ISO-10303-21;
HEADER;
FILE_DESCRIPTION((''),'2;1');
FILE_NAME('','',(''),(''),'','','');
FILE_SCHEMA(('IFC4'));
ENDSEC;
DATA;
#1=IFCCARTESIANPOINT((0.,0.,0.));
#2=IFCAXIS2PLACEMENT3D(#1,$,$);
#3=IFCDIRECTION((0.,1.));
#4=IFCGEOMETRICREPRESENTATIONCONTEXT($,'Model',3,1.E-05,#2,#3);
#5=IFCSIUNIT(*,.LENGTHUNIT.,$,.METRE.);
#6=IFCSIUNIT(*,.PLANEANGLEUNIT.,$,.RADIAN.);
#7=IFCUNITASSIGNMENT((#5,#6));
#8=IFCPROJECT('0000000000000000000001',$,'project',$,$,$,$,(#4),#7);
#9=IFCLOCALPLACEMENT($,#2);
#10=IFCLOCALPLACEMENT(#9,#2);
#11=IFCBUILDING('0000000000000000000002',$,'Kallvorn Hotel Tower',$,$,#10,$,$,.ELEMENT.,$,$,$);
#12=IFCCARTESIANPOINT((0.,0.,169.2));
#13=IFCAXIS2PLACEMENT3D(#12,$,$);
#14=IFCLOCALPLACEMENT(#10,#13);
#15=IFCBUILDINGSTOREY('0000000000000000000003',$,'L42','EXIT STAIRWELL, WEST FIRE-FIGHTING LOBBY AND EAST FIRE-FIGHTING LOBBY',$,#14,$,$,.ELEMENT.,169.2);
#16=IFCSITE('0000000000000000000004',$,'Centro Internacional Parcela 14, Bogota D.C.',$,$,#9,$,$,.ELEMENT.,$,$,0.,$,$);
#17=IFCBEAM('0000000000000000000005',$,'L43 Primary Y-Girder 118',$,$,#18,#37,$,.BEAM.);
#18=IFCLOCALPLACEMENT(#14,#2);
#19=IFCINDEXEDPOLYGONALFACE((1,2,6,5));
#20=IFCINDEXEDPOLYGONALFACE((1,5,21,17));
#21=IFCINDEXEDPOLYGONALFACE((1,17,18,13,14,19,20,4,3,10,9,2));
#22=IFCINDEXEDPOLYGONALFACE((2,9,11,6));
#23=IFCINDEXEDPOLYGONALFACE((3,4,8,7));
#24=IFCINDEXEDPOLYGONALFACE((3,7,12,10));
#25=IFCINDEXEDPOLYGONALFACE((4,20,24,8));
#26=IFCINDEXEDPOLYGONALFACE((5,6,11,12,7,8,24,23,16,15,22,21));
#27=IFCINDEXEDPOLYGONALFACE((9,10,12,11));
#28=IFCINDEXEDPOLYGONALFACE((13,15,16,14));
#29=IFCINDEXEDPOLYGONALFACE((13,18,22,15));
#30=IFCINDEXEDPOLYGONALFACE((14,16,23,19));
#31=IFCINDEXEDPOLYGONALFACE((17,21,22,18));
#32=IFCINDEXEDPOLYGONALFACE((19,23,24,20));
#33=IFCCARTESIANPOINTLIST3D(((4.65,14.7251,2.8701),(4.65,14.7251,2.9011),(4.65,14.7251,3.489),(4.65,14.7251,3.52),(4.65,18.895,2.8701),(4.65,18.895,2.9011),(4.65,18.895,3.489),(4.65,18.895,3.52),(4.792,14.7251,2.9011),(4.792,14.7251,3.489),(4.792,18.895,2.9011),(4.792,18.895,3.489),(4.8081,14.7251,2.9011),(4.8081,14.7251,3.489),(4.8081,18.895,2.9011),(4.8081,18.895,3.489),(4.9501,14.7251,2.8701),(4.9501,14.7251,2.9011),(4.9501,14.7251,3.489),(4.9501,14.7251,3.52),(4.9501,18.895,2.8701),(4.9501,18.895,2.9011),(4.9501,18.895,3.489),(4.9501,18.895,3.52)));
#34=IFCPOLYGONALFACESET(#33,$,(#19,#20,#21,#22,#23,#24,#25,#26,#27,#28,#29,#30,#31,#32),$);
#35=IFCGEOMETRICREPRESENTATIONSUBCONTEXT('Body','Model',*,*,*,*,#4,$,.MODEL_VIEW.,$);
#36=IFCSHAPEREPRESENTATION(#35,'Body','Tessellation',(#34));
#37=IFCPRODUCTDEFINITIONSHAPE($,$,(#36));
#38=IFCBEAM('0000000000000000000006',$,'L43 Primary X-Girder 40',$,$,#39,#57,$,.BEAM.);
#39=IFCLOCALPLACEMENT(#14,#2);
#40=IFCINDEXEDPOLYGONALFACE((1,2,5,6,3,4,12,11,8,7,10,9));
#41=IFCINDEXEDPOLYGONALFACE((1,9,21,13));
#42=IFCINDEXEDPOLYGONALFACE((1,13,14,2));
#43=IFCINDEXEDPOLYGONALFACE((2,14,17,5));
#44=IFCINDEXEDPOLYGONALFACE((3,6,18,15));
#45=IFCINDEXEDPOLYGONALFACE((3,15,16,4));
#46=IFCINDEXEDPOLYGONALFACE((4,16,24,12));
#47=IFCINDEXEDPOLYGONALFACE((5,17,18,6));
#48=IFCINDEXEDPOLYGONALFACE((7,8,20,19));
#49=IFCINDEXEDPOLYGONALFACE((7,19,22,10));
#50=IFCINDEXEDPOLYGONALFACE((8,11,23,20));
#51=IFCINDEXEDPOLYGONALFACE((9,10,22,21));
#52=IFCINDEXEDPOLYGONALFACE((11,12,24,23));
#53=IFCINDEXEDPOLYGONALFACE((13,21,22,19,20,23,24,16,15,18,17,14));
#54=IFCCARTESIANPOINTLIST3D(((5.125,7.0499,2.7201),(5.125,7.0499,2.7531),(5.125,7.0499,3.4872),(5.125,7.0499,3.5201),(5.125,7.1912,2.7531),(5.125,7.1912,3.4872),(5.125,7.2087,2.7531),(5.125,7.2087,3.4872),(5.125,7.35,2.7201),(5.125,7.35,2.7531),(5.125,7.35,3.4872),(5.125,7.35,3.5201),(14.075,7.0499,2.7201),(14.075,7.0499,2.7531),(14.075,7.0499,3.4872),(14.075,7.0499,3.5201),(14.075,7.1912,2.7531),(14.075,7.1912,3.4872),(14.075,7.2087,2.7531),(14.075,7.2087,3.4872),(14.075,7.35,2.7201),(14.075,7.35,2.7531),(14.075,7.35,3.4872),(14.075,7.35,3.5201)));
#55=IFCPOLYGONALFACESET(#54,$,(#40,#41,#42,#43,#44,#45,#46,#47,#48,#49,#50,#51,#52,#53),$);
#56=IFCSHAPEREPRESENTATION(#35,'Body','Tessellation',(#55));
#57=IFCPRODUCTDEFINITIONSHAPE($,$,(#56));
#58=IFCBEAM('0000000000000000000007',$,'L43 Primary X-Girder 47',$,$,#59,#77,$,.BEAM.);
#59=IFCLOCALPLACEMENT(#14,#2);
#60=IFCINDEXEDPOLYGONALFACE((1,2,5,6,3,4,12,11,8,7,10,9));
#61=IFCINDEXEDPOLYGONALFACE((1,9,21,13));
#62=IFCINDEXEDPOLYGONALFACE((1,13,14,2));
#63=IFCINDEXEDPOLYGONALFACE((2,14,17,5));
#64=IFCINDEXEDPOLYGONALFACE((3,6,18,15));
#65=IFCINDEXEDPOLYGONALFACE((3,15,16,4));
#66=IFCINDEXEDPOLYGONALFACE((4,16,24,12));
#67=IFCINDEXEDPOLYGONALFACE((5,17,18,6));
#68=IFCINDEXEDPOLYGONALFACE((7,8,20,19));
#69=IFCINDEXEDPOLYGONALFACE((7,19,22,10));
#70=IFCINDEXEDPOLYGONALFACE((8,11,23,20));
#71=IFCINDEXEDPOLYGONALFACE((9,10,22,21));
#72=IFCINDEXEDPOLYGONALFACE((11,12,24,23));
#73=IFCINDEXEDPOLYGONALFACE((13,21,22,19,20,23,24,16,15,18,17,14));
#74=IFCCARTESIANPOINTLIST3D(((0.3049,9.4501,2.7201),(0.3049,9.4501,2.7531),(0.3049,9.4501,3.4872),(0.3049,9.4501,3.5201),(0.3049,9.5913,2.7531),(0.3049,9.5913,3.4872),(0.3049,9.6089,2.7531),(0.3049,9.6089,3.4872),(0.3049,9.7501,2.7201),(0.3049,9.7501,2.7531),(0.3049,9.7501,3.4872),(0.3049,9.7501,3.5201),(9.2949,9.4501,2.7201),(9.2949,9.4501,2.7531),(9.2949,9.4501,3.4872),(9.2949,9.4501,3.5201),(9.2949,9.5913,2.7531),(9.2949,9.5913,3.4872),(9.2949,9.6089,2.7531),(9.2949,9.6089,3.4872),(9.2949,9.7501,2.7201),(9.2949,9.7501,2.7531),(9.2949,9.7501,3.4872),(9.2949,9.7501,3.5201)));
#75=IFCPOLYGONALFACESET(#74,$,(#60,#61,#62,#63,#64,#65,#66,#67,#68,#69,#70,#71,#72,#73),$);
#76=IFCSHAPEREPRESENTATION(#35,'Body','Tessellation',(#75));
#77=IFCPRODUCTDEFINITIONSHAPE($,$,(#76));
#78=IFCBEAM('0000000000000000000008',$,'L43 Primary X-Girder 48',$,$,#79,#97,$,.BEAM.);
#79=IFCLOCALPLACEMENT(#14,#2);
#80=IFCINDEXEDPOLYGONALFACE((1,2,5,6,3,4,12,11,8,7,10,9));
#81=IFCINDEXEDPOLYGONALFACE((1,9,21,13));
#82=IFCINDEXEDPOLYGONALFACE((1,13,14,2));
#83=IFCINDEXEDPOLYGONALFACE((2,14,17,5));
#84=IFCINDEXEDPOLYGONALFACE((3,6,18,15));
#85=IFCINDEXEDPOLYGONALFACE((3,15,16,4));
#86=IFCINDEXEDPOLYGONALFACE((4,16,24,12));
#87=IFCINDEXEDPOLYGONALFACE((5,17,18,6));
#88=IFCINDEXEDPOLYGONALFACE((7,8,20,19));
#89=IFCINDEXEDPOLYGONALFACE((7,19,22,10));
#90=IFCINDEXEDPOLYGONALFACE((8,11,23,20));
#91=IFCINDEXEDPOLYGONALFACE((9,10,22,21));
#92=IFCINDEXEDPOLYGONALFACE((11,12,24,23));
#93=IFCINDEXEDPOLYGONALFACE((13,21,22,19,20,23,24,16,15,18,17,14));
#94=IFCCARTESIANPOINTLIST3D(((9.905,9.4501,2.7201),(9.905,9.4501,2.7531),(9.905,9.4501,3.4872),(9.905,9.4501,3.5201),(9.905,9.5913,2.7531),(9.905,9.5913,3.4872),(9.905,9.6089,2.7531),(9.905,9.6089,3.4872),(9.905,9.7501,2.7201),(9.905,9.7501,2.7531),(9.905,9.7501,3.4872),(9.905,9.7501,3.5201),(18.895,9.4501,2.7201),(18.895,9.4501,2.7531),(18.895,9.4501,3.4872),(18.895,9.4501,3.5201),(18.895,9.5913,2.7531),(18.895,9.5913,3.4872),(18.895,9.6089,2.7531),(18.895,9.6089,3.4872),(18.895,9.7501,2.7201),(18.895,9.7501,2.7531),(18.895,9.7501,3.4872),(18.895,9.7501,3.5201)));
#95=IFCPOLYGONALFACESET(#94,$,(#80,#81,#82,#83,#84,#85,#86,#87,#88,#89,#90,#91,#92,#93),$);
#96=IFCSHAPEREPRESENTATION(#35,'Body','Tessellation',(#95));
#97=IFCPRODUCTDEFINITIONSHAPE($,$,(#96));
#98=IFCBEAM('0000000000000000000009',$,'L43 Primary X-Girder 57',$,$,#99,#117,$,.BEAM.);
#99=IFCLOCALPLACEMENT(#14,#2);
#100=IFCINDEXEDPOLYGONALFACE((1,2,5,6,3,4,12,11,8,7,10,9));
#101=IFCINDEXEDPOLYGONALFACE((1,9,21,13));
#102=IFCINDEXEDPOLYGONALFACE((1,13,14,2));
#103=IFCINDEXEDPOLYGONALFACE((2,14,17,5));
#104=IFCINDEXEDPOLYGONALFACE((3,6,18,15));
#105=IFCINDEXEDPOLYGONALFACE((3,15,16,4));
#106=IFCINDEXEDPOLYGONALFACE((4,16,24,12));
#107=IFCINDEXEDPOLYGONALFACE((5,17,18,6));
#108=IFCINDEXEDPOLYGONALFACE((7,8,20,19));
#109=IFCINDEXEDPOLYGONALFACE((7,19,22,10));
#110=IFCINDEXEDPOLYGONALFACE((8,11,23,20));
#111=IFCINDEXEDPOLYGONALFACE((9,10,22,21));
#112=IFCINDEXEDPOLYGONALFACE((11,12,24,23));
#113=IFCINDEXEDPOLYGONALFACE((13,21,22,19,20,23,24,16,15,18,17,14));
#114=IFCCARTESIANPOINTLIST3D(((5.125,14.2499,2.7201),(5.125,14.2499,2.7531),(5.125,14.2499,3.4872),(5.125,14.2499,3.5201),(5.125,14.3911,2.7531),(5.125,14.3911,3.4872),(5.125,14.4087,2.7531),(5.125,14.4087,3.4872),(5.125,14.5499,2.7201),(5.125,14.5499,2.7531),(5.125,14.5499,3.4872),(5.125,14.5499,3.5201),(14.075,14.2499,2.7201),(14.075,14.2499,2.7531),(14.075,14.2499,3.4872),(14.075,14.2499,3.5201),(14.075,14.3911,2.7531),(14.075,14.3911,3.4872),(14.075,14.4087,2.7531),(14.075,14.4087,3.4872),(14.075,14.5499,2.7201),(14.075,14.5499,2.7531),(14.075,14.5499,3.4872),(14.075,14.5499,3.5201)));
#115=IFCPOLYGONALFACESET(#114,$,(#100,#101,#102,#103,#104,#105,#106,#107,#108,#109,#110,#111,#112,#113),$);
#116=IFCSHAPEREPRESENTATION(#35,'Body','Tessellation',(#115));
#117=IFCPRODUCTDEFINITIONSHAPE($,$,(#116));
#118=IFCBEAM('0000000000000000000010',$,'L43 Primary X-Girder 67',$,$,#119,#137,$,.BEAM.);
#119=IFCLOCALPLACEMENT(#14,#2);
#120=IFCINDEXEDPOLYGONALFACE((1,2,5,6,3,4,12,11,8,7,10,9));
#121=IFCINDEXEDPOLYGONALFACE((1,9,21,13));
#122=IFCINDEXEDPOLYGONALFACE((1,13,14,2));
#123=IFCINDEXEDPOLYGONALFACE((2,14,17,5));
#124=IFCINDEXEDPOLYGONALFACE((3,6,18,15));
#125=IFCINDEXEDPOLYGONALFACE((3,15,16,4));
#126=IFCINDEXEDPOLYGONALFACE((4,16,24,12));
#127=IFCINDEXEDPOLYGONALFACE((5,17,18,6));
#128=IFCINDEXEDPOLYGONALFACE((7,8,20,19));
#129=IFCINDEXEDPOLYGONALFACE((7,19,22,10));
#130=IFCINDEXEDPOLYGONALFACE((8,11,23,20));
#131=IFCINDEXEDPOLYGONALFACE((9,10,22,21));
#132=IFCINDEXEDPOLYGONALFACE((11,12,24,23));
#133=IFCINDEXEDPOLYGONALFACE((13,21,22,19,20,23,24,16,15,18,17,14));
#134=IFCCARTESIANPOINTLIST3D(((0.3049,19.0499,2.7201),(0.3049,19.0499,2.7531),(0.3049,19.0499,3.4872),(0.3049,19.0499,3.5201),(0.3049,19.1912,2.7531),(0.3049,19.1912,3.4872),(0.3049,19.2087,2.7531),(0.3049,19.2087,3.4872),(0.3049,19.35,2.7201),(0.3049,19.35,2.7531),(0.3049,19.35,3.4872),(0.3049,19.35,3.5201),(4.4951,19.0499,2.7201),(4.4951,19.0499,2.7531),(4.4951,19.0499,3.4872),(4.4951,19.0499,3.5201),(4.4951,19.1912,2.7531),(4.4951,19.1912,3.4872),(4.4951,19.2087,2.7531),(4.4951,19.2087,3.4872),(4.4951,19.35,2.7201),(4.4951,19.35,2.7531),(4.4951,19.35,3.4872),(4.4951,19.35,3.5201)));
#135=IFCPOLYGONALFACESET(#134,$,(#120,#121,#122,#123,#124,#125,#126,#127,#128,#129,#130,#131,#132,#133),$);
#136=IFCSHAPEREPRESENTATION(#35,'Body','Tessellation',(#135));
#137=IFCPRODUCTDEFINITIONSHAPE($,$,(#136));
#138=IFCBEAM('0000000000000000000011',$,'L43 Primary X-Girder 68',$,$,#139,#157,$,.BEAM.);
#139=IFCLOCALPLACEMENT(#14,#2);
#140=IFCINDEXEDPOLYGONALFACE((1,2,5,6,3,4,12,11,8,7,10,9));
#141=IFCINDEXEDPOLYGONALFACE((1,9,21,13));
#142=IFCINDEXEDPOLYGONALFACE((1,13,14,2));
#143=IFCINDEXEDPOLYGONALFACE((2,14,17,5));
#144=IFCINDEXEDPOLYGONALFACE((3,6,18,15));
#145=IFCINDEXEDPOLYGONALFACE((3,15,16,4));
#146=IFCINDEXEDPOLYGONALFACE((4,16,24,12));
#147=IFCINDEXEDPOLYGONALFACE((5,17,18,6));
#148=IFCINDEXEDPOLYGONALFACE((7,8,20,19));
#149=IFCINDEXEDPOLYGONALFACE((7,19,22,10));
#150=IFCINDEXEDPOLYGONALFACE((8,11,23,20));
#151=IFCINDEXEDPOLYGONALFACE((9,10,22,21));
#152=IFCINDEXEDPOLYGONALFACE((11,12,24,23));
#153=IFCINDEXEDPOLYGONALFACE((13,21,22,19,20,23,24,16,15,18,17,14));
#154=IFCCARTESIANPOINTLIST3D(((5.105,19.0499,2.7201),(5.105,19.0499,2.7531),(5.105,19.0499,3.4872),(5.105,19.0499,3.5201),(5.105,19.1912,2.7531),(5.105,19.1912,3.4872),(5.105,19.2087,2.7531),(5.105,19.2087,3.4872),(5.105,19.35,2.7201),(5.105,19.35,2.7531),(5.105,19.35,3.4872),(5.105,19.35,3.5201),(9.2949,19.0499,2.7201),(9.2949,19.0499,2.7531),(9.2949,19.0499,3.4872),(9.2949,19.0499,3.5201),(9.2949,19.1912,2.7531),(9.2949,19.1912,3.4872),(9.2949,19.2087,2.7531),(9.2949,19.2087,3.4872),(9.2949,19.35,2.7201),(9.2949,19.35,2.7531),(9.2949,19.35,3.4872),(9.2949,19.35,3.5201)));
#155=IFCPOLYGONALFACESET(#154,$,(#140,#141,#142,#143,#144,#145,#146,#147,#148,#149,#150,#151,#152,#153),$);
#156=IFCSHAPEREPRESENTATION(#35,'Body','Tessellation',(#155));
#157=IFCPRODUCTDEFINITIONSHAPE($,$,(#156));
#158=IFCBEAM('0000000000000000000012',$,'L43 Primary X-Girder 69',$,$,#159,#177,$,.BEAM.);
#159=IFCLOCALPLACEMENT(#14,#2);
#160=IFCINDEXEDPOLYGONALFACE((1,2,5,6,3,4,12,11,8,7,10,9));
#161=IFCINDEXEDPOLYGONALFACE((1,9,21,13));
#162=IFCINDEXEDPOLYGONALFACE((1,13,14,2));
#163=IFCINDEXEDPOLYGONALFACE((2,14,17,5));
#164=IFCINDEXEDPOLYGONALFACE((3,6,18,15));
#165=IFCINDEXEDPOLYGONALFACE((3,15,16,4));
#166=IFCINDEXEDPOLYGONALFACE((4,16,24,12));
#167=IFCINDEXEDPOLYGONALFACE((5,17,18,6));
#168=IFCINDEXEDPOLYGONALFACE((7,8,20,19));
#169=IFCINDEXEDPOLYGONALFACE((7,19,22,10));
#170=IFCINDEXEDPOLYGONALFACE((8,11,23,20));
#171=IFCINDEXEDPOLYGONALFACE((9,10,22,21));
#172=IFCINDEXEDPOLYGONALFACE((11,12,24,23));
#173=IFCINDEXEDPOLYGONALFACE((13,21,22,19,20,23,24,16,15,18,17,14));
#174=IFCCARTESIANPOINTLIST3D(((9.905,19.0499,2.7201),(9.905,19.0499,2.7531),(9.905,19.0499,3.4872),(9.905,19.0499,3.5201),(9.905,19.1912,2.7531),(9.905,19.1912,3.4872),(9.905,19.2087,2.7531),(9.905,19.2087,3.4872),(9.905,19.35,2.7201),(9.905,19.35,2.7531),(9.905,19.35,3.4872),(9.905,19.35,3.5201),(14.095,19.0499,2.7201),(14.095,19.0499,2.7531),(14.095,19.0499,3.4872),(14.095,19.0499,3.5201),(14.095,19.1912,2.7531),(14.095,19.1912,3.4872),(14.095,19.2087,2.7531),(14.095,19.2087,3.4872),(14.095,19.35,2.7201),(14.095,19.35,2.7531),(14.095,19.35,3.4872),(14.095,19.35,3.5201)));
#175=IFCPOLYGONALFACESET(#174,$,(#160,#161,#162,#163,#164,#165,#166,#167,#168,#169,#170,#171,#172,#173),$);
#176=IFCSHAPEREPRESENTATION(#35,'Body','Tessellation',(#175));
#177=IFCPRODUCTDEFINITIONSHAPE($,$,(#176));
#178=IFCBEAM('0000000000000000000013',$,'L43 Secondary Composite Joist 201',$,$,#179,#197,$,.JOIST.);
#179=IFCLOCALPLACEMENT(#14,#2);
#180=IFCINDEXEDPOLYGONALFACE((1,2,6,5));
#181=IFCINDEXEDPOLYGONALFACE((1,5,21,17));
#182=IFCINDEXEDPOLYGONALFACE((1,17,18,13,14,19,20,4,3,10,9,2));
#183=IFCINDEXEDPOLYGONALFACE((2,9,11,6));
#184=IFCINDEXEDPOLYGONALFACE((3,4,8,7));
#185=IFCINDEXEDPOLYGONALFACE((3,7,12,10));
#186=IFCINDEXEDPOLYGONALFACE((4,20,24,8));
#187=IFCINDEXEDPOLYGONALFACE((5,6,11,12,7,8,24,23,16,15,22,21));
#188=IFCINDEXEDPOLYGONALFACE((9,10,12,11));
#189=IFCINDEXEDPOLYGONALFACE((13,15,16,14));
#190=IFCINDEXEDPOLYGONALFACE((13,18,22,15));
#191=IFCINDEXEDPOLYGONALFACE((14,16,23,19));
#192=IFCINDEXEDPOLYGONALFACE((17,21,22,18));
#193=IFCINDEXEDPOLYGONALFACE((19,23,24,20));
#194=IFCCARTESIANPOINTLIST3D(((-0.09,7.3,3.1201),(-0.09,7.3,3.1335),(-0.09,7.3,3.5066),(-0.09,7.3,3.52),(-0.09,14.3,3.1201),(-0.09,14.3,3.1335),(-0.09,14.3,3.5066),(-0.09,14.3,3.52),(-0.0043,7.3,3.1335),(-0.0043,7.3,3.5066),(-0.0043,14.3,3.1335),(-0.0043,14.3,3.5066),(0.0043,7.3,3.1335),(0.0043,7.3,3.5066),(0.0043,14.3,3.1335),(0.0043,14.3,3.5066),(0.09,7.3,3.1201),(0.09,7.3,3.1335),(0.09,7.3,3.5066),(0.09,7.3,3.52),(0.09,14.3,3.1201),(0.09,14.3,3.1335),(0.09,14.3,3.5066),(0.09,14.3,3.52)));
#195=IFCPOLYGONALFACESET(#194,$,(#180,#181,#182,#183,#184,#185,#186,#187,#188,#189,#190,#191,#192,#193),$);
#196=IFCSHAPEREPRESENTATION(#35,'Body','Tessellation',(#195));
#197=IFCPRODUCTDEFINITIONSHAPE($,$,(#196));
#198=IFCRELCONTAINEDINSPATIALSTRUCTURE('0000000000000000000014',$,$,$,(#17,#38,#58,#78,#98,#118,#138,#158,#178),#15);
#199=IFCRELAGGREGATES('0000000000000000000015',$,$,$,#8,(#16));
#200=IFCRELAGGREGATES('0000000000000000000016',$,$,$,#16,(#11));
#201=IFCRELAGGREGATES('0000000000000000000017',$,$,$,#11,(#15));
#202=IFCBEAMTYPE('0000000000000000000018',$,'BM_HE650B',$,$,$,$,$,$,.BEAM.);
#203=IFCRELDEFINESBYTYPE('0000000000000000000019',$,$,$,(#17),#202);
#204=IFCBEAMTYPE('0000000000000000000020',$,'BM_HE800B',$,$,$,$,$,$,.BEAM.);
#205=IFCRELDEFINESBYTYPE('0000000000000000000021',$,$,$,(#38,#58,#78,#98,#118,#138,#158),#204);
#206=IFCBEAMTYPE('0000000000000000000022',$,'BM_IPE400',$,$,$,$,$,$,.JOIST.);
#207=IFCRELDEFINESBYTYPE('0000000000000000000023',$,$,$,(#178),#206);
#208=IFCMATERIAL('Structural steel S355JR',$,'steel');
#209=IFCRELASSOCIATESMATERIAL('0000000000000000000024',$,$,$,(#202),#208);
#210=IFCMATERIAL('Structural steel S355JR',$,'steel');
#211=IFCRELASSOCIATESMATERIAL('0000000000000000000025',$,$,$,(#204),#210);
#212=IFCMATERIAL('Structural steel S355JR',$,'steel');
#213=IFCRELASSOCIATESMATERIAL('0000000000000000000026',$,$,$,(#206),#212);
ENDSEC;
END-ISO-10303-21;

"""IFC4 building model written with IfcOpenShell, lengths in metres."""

from ifc_helpers import new_model, si_unit, direction, frame, origin, origin_2d, place, context, subcontext, project, spatial, i_section, extrude, material, material_profile, profile_set, type_object, element, save


model = new_model("IFC4")

# Units and contexts
model_context = context("Model", 3, precision=1e-05, world=origin(), true_north=direction((0.0, 1.0)))
body_context = subcontext(model_context, "Body", "Model", "MODEL_VIEW")
ifc_project = project(units=[si_unit("LENGTHUNIT", "METRE"), si_unit("PLANEANGLEUNIT", "RADIAN")], contexts=[model_context])

# Site, building, storey
site_placement = place(None, origin())
site = spatial("IfcSite", under=ifc_project, at=site_placement, Name="Centro Internacional Parcela 14, Bogota D.C.", CompositionType="ELEMENT", RefElevation=0.0)
building_placement = place(site_placement, origin())
building = spatial("IfcBuilding", under=site, at=building_placement, Name="Kallvorn Hotel Tower", CompositionType="ELEMENT")
storey_placement = place(building_placement, frame((0.0, 0.0, 169.2)))
storey = spatial("IfcBuildingStorey", under=building, at=storey_placement, Name="L42", Description="EXIT STAIRWELL, WEST FIRE-FIGHTING LOBBY AND EAST FIRE-FIGHTING LOBBY", CompositionType="ELEMENT", Elevation=169.2)

# Beams
ifc_material_1 = material(Name="Structural steel S355JR", Category="steel")
ifc_material_profile_1 = material_profile(ifc_material_1, i_section(OverallWidth=0.3, OverallDepth=0.6499, WebThickness=0.0161, FlangeThickness=0.031, at=origin_2d()), Name="HE 650 B")
ifc_profile_set_1 = profile_set([ifc_material_profile_1], Name="Structural steel S355JR")
beam_type_1 = type_object("IfcBeamType", Name="BM_HE650B", PredefinedType="BEAM", material=ifc_profile_set_1)
beam_1_placement = place(storey_placement, frame((4.8, 14.7251, 3.1951), z_axis=(0.0, 1.0, 0.0), x_axis=(-1.0, 0.0, 0.0)))
element("IfcBeam", 1, at=beam_1_placement, inside=storey, type_object=beam_type_1, Name="L43 Primary Y-Girder 118", PredefinedType="BEAM", context=body_context, shape_type="SweptSolid", body=[
    extrude(i_section(OverallWidth=0.3, OverallDepth=0.6499, WebThickness=0.0161, FlangeThickness=0.031, at=origin_2d()), origin(), (0.0, 0.0, 1.0), 4.1699),
])
ifc_material_2 = material(Name="Structural steel S355JR", Category="steel")
ifc_material_profile_2 = material_profile(ifc_material_2, i_section(OverallWidth=0.3, OverallDepth=0.8, WebThickness=0.0176, FlangeThickness=0.033, at=origin_2d()), Name="HE 800 B")
ifc_profile_set_2 = profile_set([ifc_material_profile_2], Name="Structural steel S355JR")
beam_type_2 = type_object("IfcBeamType", Name="BM_HE800B", PredefinedType="BEAM", material=ifc_profile_set_2)
beam_2_placement = place(storey_placement, frame((5.125, 7.2, 3.1201), z_axis=(1.0, 0.0, 0.0), x_axis=(0.0, 1.0, 0.0)))
element("IfcBeam", 2, at=beam_2_placement, inside=storey, type_object=beam_type_2, Name="L43 Primary X-Girder 40", PredefinedType="BEAM", context=body_context, shape_type="SweptSolid", body=[
    extrude(i_section(OverallWidth=0.3, OverallDepth=0.8, WebThickness=0.0176, FlangeThickness=0.033, at=origin_2d()), origin(), (0.0, 0.0, 1.0), 8.95),
])
for number, where, z_axis, x_axis, name in (
    (3, (0.3049, 9.6001, 3.1201), (1.0, 0.0, 0.0), (0.0, 1.0, 0.0), "L43 Primary X-Girder 47"),
    (4, (9.905, 9.6001, 3.1201), (1.0, 0.0, 0.0), (0.0, 1.0, 0.0), "L43 Primary X-Girder 48"),
):
    element("IfcBeam", number, at=place(storey_placement, frame(where, z_axis=z_axis, x_axis=x_axis)), inside=storey, type_object=beam_type_2, Name=name, PredefinedType="BEAM", context=body_context, shape_type="SweptSolid", body=[
        extrude(i_section(OverallWidth=0.3, OverallDepth=0.8, WebThickness=0.0176, FlangeThickness=0.033, at=origin_2d()), origin(), (0.0, 0.0, 1.0), 8.99),
    ])
beam_3_placement = place(storey_placement, frame((5.125, 14.3999, 3.1201), z_axis=(1.0, 0.0, 0.0), x_axis=(0.0, 1.0, 0.0)))
element("IfcBeam", 5, at=beam_3_placement, inside=storey, type_object=beam_type_2, Name="L43 Primary X-Girder 57", PredefinedType="BEAM", context=body_context, shape_type="SweptSolid", body=[
    extrude(i_section(OverallWidth=0.3, OverallDepth=0.8, WebThickness=0.0176, FlangeThickness=0.033, at=origin_2d()), origin(), (0.0, 0.0, 1.0), 8.95),
])
beam_4_placement = place(storey_placement, frame((0.3049, 19.2, 3.1201), z_axis=(1.0, 0.0, 0.0), x_axis=(0.0, 1.0, 0.0)))
element("IfcBeam", 6, at=beam_4_placement, inside=storey, type_object=beam_type_2, Name="L43 Primary X-Girder 67", PredefinedType="BEAM", context=body_context, shape_type="SweptSolid", body=[
    extrude(i_section(OverallWidth=0.3, OverallDepth=0.8, WebThickness=0.0176, FlangeThickness=0.033, at=origin_2d()), origin(), (0.0, 0.0, 1.0), 4.1902),
])
for number, where, z_axis, x_axis, name in (
    (7, (5.105, 19.2, 3.1201), (1.0, 0.0, 0.0), (0.0, 1.0, 0.0), "L43 Primary X-Girder 68"),
    (8, (9.905, 19.2, 3.1201), (1.0, 0.0, 0.0), (0.0, 1.0, 0.0), "L43 Primary X-Girder 69"),
):
    element("IfcBeam", number, at=place(storey_placement, frame(where, z_axis=z_axis, x_axis=x_axis)), inside=storey, type_object=beam_type_2, Name=name, PredefinedType="BEAM", context=body_context, shape_type="SweptSolid", body=[
        extrude(i_section(OverallWidth=0.3, OverallDepth=0.8, WebThickness=0.0176, FlangeThickness=0.033, at=origin_2d()), origin(), (0.0, 0.0, 1.0), 4.1899),
    ])
ifc_material_3 = material(Name="Structural steel S355JR", Category="steel")
ifc_material_profile_3 = material_profile(ifc_material_3, i_section(OverallWidth=0.1799, OverallDepth=0.3999, WebThickness=0.0085, FlangeThickness=0.0134, at=origin_2d()), Name="IPE 400")
ifc_profile_set_3 = profile_set([ifc_material_profile_3], Name="Structural steel S355JR")
beam_type_3 = type_object("IfcBeamType", Name="BM_IPE400", PredefinedType="JOIST", material=ifc_profile_set_3)
for number, where, z_axis, x_axis, name in (
    (9, (0.0, 7.3, 3.3201), (0.0, 1.0, 0.0), (-1.0, 0.0, 0.0), "L43 Secondary Composite Joist 201"),
):
    element("IfcBeam", number, at=place(storey_placement, frame(where, z_axis=z_axis, x_axis=x_axis)), inside=storey, type_object=beam_type_3, Name=name, PredefinedType="JOIST", context=body_context, shape_type="SweptSolid", body=[
        extrude(i_section(OverallWidth=0.1799, OverallDepth=0.3999, WebThickness=0.0085, FlangeThickness=0.0134, at=origin_2d()), origin(), (0.0, 0.0, 1.0), 7.0),
    ])

save(model, "model.ifc")
